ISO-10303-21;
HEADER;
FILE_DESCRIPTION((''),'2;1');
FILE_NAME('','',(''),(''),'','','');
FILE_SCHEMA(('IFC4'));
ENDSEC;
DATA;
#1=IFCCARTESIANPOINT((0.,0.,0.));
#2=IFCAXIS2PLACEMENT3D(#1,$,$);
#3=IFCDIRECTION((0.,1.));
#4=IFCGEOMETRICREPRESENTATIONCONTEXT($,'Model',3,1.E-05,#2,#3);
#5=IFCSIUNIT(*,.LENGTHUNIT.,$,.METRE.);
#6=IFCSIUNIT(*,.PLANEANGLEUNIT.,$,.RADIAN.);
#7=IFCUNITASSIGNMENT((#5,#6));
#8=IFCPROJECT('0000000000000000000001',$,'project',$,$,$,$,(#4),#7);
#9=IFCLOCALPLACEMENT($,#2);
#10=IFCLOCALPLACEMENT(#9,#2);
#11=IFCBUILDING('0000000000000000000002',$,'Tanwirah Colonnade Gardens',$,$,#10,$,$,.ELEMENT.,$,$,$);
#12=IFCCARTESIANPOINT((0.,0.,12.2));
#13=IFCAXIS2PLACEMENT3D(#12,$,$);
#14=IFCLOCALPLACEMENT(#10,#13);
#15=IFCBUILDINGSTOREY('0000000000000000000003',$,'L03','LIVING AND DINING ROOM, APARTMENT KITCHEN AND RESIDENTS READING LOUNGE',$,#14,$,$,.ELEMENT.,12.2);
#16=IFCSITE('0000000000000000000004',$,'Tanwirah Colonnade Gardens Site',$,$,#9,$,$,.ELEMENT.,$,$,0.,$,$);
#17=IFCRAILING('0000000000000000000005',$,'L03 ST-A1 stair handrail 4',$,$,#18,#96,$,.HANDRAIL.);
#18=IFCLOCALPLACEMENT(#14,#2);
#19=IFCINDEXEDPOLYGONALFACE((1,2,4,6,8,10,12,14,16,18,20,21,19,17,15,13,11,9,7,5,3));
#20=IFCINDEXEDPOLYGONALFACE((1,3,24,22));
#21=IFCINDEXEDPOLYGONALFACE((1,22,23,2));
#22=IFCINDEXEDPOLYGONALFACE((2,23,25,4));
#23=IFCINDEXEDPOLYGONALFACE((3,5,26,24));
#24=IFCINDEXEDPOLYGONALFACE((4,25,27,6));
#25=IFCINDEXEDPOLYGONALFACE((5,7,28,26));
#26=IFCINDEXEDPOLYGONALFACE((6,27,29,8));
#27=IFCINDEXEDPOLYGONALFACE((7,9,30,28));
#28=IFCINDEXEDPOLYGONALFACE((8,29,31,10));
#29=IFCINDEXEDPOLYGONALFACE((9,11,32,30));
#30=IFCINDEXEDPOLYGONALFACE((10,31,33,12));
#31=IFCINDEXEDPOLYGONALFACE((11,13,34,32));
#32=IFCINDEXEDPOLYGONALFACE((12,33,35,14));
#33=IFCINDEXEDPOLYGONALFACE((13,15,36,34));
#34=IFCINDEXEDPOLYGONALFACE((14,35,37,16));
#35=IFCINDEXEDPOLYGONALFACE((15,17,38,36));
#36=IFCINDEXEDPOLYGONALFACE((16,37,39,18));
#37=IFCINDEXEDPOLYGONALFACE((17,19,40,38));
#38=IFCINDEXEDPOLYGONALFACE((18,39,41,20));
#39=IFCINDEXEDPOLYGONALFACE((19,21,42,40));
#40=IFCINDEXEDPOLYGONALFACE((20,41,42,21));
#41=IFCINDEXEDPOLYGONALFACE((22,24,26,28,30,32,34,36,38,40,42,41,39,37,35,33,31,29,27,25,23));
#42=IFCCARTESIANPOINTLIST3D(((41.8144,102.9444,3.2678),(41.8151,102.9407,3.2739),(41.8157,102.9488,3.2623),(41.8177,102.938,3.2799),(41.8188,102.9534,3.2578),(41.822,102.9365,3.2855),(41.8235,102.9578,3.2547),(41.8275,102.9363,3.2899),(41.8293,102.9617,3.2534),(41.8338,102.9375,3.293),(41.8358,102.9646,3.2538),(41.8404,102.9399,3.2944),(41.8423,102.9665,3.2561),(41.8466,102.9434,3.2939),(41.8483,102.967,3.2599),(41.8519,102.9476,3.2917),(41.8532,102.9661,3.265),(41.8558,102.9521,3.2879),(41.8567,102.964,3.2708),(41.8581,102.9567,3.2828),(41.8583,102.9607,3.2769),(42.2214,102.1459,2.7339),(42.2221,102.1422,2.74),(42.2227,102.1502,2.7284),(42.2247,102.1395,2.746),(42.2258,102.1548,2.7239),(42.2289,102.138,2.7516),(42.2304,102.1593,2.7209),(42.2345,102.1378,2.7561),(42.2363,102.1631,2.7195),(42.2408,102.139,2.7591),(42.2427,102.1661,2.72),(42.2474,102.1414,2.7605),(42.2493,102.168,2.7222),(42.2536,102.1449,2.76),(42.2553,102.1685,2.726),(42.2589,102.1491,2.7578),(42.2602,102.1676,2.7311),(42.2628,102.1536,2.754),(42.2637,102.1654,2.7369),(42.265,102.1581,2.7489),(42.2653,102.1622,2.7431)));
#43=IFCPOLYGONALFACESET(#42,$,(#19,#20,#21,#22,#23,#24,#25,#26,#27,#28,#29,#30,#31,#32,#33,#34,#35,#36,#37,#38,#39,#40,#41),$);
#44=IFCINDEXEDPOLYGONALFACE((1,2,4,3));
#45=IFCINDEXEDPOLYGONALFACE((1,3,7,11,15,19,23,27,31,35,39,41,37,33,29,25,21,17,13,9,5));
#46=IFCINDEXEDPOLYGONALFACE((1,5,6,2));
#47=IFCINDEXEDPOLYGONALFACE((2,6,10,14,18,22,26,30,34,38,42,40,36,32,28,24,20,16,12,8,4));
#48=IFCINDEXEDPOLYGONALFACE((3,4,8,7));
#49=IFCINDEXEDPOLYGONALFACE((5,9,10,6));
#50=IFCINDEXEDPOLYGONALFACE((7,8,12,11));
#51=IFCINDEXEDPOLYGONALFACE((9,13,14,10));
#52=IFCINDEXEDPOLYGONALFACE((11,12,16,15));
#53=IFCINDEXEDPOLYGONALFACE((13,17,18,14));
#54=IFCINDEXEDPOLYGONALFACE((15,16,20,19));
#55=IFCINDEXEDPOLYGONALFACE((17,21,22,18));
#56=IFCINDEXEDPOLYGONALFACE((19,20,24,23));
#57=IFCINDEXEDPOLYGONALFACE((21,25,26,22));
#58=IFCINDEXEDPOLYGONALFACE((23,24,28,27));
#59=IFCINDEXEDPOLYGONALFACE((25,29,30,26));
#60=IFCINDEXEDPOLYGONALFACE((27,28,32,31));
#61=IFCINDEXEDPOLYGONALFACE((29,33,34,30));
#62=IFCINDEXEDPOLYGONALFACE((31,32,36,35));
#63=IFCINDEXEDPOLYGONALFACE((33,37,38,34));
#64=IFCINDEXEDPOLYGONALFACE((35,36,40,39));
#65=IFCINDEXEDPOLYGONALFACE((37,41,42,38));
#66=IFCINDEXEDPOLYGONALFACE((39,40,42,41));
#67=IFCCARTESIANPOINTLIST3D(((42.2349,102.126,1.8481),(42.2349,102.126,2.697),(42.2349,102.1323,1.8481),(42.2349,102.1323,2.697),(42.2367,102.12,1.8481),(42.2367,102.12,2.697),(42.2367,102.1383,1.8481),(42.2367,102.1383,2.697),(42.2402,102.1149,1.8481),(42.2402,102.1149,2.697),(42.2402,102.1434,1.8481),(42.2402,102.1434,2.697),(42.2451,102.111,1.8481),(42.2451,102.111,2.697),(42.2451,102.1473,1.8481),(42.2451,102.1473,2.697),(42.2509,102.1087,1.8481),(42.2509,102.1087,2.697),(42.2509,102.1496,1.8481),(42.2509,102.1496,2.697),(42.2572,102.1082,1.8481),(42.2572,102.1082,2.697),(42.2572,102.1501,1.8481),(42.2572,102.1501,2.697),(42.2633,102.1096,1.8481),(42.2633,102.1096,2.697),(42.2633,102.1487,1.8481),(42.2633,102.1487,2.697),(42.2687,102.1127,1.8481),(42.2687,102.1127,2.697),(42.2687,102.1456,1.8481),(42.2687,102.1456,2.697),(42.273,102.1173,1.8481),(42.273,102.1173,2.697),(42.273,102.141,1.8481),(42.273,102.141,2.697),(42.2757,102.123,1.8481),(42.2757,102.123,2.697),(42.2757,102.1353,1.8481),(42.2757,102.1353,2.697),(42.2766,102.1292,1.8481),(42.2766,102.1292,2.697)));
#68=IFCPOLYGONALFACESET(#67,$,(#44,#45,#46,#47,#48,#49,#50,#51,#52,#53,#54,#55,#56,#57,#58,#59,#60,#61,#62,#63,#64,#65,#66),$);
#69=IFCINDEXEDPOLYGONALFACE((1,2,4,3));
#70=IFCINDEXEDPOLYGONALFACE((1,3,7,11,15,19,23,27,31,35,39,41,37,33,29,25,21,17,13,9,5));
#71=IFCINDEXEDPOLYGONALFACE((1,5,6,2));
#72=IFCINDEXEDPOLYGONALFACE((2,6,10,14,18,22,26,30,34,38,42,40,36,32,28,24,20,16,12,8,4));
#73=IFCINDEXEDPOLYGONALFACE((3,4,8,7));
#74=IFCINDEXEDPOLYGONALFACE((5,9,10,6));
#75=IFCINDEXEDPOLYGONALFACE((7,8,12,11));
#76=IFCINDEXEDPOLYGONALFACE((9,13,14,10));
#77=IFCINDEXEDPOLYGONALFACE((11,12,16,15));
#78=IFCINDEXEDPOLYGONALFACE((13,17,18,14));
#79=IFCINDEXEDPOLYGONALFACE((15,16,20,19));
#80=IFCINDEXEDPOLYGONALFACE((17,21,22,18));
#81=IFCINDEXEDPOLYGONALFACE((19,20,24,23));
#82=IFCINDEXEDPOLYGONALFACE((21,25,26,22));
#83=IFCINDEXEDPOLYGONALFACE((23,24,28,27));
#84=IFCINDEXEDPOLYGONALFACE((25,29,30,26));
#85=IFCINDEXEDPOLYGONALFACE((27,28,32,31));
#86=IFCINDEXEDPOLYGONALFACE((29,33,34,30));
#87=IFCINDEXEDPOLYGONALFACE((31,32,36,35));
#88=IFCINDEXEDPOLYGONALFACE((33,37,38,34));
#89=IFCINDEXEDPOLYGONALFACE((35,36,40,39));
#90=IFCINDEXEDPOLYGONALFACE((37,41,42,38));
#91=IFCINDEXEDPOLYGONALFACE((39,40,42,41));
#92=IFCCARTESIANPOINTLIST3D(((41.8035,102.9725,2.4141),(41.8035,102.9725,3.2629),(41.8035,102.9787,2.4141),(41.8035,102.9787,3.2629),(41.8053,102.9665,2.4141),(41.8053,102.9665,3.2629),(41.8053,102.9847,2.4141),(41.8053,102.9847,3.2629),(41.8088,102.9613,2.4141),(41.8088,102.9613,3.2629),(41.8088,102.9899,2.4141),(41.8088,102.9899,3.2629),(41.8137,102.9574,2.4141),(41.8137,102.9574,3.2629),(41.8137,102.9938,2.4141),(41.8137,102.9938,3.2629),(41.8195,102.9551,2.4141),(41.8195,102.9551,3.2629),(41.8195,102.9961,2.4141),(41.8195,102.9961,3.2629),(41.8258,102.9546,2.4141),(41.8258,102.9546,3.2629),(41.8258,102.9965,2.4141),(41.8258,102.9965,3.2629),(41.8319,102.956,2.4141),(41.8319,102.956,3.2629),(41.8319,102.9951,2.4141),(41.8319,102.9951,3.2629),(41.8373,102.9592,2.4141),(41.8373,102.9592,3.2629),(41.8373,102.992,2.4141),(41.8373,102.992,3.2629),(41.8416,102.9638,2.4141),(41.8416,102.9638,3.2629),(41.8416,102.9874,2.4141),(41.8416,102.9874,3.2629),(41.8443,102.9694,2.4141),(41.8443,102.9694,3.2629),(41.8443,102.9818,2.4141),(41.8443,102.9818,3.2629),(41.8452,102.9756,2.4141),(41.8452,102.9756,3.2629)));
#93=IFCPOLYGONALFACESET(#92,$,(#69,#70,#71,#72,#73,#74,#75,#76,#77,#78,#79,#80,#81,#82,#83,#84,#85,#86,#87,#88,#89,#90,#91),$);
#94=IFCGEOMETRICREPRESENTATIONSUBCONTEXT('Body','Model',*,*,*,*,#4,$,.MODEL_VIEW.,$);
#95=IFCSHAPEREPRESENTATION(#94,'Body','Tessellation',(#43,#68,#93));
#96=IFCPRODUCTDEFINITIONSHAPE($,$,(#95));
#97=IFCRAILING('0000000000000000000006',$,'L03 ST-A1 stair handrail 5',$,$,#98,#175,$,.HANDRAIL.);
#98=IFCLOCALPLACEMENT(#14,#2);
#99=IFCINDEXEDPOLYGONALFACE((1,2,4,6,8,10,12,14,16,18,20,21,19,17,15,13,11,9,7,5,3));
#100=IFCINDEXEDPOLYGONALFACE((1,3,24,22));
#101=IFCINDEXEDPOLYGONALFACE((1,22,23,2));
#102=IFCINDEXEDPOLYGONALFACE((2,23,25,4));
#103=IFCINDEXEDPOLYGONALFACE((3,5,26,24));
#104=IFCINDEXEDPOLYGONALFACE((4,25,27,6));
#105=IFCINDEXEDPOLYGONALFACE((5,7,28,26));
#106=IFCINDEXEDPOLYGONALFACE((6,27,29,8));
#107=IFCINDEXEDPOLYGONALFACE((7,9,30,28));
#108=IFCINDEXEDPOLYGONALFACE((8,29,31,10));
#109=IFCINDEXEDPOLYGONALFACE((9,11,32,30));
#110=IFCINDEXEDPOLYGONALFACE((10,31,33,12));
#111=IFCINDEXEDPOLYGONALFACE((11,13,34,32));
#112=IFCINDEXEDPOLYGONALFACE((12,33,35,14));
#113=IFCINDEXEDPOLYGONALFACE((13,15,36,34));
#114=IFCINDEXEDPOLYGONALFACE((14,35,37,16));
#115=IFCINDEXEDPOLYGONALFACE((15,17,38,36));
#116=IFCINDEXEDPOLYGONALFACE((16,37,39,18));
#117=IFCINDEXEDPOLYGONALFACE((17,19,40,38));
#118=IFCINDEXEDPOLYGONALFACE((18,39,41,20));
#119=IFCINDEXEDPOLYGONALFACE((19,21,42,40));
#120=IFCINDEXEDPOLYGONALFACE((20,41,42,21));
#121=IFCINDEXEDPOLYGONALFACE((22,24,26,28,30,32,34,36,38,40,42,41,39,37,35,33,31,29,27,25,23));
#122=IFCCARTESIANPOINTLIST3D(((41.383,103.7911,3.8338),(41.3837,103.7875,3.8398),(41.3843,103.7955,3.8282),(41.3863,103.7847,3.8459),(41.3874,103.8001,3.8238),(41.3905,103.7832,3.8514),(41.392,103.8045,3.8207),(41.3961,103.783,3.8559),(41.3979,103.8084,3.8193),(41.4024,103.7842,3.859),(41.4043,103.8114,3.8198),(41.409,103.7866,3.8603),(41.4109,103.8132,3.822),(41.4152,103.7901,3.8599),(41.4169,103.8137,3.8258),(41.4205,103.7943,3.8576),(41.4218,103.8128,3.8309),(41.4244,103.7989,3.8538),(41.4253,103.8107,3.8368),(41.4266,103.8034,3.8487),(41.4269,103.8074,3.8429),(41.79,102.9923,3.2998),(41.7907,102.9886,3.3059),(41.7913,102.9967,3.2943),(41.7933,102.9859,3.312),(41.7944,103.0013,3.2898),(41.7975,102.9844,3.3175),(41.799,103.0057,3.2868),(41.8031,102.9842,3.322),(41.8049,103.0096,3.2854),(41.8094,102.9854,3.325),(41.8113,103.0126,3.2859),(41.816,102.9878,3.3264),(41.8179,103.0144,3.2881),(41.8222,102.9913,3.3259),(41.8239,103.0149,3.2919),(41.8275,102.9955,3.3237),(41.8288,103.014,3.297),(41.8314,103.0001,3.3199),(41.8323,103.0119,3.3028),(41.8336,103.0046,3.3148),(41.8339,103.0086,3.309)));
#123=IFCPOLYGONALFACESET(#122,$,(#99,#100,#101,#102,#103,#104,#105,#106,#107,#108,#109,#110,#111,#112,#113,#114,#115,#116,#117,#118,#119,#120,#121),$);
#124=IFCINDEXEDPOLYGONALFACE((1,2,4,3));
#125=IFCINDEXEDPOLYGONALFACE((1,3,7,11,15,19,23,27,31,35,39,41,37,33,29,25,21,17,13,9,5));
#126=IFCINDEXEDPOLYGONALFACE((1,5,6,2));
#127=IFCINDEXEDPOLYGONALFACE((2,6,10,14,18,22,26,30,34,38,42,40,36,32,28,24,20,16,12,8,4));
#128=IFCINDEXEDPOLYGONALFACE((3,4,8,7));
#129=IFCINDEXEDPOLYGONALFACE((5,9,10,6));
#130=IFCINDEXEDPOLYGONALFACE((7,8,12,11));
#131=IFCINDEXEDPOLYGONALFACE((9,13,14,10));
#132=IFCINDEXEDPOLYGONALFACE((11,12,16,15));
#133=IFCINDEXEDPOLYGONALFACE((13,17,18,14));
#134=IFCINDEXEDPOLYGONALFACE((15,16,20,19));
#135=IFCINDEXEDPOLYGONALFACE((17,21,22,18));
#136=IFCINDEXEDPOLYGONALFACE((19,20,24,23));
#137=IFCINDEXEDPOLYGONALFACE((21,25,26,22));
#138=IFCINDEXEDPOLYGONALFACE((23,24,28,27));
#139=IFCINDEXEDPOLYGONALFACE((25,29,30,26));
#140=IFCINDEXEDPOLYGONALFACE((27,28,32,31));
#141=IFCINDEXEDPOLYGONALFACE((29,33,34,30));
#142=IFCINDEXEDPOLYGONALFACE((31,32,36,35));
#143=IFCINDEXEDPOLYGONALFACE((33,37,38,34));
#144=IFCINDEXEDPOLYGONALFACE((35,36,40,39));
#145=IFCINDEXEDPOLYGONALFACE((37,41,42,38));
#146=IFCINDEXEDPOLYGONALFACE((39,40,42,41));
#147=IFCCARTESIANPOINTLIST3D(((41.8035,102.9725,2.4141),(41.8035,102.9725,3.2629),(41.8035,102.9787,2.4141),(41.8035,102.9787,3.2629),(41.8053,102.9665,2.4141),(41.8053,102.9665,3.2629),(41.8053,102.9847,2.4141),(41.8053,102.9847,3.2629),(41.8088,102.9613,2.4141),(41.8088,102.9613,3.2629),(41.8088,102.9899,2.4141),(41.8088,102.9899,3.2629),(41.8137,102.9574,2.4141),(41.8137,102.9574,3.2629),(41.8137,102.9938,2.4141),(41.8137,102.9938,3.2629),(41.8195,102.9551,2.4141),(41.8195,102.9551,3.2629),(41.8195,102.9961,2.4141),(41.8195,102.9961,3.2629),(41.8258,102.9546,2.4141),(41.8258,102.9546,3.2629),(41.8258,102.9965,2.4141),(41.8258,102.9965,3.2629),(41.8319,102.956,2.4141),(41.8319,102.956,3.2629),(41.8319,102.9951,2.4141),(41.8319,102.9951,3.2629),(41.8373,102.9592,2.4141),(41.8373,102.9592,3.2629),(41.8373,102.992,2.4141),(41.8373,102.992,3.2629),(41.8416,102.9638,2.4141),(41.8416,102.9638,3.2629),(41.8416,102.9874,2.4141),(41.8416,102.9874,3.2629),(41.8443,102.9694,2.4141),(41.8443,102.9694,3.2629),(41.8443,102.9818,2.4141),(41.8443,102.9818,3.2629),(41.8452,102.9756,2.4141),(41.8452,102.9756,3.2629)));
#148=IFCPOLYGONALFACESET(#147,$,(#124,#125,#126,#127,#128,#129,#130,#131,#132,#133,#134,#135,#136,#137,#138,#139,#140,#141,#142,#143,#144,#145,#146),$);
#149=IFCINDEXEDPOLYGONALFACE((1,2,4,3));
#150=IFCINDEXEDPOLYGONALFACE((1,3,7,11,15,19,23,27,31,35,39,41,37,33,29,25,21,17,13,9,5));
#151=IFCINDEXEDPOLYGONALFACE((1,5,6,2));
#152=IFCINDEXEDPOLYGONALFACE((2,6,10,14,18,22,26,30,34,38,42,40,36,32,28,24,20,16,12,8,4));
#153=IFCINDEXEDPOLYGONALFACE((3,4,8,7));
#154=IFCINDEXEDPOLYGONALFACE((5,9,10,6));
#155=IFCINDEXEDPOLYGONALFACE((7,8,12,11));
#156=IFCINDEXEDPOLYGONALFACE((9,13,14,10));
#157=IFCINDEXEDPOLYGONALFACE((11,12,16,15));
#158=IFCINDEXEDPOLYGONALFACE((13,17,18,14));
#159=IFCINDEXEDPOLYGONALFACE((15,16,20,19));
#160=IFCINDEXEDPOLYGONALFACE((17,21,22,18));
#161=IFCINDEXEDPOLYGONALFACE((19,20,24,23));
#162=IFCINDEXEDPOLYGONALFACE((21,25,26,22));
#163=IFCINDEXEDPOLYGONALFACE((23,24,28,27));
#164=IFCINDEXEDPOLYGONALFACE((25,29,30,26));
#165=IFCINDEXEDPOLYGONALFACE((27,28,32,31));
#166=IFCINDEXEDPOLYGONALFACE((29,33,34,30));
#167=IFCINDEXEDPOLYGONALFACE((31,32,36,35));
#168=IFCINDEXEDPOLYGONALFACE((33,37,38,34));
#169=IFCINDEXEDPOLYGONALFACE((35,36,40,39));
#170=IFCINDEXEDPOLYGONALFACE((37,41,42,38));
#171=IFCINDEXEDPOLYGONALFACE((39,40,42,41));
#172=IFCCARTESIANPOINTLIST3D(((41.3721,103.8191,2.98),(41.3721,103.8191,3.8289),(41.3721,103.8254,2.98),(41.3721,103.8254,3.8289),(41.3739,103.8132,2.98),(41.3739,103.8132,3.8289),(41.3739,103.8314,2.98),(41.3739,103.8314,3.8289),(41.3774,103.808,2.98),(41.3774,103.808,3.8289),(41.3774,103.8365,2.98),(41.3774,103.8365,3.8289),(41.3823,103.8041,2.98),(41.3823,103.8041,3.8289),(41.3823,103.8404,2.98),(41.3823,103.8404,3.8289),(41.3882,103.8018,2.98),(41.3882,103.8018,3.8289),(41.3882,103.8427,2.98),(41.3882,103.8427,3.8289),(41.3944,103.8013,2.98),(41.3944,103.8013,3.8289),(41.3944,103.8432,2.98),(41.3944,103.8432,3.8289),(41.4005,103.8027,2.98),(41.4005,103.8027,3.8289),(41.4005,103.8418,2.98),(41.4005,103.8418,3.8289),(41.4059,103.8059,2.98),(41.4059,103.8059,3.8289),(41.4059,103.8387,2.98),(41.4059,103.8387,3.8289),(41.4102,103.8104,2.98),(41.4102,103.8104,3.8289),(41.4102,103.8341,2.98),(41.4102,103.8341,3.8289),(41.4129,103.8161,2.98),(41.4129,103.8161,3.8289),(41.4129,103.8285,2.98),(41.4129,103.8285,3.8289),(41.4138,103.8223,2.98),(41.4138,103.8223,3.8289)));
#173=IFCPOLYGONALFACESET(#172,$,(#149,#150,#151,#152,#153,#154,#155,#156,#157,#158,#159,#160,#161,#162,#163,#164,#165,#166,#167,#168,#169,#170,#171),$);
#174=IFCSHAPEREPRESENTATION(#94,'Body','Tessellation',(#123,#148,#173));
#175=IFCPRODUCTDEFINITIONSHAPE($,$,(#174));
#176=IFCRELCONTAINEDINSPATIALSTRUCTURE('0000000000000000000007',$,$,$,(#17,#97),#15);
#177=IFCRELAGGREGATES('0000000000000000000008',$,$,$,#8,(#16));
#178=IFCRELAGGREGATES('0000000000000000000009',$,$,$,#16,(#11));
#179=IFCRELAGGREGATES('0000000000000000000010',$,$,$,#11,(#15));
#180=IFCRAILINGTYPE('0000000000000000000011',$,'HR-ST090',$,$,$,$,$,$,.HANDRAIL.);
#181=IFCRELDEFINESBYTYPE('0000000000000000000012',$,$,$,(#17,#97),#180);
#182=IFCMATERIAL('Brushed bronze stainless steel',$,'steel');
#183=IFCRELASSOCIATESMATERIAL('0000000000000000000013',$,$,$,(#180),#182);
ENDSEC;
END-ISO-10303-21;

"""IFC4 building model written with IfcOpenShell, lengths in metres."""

from ifc_helpers import new_model, si_unit, direction, frame, origin, origin_2d, place, context, subcontext, project, spatial, circle, extrude, material, type_object, element, save


model = new_model("IFC4")

# Units and contexts
model_context = context("Model", 3, precision=1e-05, world=origin(), true_north=direction((0.0, 1.0)))
body_context = subcontext(model_context, "Body", "Model", "MODEL_VIEW")
ifc_project = project(units=[si_unit("LENGTHUNIT", "METRE"), si_unit("PLANEANGLEUNIT", "RADIAN")], contexts=[model_context])

# Site, building, storey
site_placement = place(None, origin())
site = spatial("IfcSite", under=ifc_project, at=site_placement, Name="Tanwirah Colonnade Gardens Site", CompositionType="ELEMENT", RefElevation=0.0)
building_placement = place(site_placement, origin())
building = spatial("IfcBuilding", under=site, at=building_placement, Name="Tanwirah Colonnade Gardens", CompositionType="ELEMENT")
storey_placement = place(building_placement, frame((0.0, 0.0, 12.2)))
storey = spatial("IfcBuildingStorey", under=building, at=storey_placement, Name="L03", Description="LIVING AND DINING ROOM, APARTMENT KITCHEN AND RESIDENTS READING LOUNGE", CompositionType="ELEMENT", Elevation=12.2)

# Railings
ifc_material_1 = material(Name="Brushed bronze stainless steel", Category="steel")
railing_type_1 = type_object("IfcRailingType", Name="HR-ST090", PredefinedType="HANDRAIL", material=ifc_material_1)
railing_1_placement = place(storey_placement, frame((42.2556, 102.1292, 1.8481)))
element("IfcRailing", 1, at=railing_1_placement, inside=storey, type_object=railing_type_1, Name="L03 ST-A1 stair handrail 4", PredefinedType="HANDRAIL", context=body_context, shape_type="SweptSolid", body=[
    extrude(circle(Radius=0.0239, at=origin_2d()), frame((-0.0122, 0.0239, 0.8918), z_axis=(-0.390118, 0.765443, 0.511767), x_axis=(-0.890957, -0.454087, 0.0)), (0.0, 0.0, 1.0), 1.0432),
    extrude(circle(Radius=0.021, at=origin_2d()), origin(), (0.0, 0.0, 1.0), 0.8489),
    extrude(circle(Radius=0.021, at=origin_2d()), frame((-0.4314, 0.8464, 0.5659)), (0.0, 0.0, 1.0), 0.8489),
])
railing_2_placement = place(storey_placement, frame((41.8242, 102.9756, 2.4141)))
element("IfcRailing", 2, at=railing_2_placement, inside=storey, type_object=railing_type_1, Name="L03 ST-A1 stair handrail 5", PredefinedType="HANDRAIL", context=body_context, shape_type="SweptSolid", body=[
    extrude(circle(Radius=0.0239, at=origin_2d()), frame((-0.0122, 0.0239, 0.8918), z_axis=(-0.390052, 0.765534, 0.511681), x_axis=(-0.89101, -0.453984, 0.0)), (0.0, 0.0, 1.0), 1.0435),
    extrude(circle(Radius=0.021, at=origin_2d()), origin(), (0.0, 0.0, 1.0), 0.8489),
    extrude(circle(Radius=0.021, at=origin_2d()), frame((-0.4314, 0.8467, 0.5659)), (0.0, 0.0, 1.0), 0.8489),
])

save(model, "model.ifc")
